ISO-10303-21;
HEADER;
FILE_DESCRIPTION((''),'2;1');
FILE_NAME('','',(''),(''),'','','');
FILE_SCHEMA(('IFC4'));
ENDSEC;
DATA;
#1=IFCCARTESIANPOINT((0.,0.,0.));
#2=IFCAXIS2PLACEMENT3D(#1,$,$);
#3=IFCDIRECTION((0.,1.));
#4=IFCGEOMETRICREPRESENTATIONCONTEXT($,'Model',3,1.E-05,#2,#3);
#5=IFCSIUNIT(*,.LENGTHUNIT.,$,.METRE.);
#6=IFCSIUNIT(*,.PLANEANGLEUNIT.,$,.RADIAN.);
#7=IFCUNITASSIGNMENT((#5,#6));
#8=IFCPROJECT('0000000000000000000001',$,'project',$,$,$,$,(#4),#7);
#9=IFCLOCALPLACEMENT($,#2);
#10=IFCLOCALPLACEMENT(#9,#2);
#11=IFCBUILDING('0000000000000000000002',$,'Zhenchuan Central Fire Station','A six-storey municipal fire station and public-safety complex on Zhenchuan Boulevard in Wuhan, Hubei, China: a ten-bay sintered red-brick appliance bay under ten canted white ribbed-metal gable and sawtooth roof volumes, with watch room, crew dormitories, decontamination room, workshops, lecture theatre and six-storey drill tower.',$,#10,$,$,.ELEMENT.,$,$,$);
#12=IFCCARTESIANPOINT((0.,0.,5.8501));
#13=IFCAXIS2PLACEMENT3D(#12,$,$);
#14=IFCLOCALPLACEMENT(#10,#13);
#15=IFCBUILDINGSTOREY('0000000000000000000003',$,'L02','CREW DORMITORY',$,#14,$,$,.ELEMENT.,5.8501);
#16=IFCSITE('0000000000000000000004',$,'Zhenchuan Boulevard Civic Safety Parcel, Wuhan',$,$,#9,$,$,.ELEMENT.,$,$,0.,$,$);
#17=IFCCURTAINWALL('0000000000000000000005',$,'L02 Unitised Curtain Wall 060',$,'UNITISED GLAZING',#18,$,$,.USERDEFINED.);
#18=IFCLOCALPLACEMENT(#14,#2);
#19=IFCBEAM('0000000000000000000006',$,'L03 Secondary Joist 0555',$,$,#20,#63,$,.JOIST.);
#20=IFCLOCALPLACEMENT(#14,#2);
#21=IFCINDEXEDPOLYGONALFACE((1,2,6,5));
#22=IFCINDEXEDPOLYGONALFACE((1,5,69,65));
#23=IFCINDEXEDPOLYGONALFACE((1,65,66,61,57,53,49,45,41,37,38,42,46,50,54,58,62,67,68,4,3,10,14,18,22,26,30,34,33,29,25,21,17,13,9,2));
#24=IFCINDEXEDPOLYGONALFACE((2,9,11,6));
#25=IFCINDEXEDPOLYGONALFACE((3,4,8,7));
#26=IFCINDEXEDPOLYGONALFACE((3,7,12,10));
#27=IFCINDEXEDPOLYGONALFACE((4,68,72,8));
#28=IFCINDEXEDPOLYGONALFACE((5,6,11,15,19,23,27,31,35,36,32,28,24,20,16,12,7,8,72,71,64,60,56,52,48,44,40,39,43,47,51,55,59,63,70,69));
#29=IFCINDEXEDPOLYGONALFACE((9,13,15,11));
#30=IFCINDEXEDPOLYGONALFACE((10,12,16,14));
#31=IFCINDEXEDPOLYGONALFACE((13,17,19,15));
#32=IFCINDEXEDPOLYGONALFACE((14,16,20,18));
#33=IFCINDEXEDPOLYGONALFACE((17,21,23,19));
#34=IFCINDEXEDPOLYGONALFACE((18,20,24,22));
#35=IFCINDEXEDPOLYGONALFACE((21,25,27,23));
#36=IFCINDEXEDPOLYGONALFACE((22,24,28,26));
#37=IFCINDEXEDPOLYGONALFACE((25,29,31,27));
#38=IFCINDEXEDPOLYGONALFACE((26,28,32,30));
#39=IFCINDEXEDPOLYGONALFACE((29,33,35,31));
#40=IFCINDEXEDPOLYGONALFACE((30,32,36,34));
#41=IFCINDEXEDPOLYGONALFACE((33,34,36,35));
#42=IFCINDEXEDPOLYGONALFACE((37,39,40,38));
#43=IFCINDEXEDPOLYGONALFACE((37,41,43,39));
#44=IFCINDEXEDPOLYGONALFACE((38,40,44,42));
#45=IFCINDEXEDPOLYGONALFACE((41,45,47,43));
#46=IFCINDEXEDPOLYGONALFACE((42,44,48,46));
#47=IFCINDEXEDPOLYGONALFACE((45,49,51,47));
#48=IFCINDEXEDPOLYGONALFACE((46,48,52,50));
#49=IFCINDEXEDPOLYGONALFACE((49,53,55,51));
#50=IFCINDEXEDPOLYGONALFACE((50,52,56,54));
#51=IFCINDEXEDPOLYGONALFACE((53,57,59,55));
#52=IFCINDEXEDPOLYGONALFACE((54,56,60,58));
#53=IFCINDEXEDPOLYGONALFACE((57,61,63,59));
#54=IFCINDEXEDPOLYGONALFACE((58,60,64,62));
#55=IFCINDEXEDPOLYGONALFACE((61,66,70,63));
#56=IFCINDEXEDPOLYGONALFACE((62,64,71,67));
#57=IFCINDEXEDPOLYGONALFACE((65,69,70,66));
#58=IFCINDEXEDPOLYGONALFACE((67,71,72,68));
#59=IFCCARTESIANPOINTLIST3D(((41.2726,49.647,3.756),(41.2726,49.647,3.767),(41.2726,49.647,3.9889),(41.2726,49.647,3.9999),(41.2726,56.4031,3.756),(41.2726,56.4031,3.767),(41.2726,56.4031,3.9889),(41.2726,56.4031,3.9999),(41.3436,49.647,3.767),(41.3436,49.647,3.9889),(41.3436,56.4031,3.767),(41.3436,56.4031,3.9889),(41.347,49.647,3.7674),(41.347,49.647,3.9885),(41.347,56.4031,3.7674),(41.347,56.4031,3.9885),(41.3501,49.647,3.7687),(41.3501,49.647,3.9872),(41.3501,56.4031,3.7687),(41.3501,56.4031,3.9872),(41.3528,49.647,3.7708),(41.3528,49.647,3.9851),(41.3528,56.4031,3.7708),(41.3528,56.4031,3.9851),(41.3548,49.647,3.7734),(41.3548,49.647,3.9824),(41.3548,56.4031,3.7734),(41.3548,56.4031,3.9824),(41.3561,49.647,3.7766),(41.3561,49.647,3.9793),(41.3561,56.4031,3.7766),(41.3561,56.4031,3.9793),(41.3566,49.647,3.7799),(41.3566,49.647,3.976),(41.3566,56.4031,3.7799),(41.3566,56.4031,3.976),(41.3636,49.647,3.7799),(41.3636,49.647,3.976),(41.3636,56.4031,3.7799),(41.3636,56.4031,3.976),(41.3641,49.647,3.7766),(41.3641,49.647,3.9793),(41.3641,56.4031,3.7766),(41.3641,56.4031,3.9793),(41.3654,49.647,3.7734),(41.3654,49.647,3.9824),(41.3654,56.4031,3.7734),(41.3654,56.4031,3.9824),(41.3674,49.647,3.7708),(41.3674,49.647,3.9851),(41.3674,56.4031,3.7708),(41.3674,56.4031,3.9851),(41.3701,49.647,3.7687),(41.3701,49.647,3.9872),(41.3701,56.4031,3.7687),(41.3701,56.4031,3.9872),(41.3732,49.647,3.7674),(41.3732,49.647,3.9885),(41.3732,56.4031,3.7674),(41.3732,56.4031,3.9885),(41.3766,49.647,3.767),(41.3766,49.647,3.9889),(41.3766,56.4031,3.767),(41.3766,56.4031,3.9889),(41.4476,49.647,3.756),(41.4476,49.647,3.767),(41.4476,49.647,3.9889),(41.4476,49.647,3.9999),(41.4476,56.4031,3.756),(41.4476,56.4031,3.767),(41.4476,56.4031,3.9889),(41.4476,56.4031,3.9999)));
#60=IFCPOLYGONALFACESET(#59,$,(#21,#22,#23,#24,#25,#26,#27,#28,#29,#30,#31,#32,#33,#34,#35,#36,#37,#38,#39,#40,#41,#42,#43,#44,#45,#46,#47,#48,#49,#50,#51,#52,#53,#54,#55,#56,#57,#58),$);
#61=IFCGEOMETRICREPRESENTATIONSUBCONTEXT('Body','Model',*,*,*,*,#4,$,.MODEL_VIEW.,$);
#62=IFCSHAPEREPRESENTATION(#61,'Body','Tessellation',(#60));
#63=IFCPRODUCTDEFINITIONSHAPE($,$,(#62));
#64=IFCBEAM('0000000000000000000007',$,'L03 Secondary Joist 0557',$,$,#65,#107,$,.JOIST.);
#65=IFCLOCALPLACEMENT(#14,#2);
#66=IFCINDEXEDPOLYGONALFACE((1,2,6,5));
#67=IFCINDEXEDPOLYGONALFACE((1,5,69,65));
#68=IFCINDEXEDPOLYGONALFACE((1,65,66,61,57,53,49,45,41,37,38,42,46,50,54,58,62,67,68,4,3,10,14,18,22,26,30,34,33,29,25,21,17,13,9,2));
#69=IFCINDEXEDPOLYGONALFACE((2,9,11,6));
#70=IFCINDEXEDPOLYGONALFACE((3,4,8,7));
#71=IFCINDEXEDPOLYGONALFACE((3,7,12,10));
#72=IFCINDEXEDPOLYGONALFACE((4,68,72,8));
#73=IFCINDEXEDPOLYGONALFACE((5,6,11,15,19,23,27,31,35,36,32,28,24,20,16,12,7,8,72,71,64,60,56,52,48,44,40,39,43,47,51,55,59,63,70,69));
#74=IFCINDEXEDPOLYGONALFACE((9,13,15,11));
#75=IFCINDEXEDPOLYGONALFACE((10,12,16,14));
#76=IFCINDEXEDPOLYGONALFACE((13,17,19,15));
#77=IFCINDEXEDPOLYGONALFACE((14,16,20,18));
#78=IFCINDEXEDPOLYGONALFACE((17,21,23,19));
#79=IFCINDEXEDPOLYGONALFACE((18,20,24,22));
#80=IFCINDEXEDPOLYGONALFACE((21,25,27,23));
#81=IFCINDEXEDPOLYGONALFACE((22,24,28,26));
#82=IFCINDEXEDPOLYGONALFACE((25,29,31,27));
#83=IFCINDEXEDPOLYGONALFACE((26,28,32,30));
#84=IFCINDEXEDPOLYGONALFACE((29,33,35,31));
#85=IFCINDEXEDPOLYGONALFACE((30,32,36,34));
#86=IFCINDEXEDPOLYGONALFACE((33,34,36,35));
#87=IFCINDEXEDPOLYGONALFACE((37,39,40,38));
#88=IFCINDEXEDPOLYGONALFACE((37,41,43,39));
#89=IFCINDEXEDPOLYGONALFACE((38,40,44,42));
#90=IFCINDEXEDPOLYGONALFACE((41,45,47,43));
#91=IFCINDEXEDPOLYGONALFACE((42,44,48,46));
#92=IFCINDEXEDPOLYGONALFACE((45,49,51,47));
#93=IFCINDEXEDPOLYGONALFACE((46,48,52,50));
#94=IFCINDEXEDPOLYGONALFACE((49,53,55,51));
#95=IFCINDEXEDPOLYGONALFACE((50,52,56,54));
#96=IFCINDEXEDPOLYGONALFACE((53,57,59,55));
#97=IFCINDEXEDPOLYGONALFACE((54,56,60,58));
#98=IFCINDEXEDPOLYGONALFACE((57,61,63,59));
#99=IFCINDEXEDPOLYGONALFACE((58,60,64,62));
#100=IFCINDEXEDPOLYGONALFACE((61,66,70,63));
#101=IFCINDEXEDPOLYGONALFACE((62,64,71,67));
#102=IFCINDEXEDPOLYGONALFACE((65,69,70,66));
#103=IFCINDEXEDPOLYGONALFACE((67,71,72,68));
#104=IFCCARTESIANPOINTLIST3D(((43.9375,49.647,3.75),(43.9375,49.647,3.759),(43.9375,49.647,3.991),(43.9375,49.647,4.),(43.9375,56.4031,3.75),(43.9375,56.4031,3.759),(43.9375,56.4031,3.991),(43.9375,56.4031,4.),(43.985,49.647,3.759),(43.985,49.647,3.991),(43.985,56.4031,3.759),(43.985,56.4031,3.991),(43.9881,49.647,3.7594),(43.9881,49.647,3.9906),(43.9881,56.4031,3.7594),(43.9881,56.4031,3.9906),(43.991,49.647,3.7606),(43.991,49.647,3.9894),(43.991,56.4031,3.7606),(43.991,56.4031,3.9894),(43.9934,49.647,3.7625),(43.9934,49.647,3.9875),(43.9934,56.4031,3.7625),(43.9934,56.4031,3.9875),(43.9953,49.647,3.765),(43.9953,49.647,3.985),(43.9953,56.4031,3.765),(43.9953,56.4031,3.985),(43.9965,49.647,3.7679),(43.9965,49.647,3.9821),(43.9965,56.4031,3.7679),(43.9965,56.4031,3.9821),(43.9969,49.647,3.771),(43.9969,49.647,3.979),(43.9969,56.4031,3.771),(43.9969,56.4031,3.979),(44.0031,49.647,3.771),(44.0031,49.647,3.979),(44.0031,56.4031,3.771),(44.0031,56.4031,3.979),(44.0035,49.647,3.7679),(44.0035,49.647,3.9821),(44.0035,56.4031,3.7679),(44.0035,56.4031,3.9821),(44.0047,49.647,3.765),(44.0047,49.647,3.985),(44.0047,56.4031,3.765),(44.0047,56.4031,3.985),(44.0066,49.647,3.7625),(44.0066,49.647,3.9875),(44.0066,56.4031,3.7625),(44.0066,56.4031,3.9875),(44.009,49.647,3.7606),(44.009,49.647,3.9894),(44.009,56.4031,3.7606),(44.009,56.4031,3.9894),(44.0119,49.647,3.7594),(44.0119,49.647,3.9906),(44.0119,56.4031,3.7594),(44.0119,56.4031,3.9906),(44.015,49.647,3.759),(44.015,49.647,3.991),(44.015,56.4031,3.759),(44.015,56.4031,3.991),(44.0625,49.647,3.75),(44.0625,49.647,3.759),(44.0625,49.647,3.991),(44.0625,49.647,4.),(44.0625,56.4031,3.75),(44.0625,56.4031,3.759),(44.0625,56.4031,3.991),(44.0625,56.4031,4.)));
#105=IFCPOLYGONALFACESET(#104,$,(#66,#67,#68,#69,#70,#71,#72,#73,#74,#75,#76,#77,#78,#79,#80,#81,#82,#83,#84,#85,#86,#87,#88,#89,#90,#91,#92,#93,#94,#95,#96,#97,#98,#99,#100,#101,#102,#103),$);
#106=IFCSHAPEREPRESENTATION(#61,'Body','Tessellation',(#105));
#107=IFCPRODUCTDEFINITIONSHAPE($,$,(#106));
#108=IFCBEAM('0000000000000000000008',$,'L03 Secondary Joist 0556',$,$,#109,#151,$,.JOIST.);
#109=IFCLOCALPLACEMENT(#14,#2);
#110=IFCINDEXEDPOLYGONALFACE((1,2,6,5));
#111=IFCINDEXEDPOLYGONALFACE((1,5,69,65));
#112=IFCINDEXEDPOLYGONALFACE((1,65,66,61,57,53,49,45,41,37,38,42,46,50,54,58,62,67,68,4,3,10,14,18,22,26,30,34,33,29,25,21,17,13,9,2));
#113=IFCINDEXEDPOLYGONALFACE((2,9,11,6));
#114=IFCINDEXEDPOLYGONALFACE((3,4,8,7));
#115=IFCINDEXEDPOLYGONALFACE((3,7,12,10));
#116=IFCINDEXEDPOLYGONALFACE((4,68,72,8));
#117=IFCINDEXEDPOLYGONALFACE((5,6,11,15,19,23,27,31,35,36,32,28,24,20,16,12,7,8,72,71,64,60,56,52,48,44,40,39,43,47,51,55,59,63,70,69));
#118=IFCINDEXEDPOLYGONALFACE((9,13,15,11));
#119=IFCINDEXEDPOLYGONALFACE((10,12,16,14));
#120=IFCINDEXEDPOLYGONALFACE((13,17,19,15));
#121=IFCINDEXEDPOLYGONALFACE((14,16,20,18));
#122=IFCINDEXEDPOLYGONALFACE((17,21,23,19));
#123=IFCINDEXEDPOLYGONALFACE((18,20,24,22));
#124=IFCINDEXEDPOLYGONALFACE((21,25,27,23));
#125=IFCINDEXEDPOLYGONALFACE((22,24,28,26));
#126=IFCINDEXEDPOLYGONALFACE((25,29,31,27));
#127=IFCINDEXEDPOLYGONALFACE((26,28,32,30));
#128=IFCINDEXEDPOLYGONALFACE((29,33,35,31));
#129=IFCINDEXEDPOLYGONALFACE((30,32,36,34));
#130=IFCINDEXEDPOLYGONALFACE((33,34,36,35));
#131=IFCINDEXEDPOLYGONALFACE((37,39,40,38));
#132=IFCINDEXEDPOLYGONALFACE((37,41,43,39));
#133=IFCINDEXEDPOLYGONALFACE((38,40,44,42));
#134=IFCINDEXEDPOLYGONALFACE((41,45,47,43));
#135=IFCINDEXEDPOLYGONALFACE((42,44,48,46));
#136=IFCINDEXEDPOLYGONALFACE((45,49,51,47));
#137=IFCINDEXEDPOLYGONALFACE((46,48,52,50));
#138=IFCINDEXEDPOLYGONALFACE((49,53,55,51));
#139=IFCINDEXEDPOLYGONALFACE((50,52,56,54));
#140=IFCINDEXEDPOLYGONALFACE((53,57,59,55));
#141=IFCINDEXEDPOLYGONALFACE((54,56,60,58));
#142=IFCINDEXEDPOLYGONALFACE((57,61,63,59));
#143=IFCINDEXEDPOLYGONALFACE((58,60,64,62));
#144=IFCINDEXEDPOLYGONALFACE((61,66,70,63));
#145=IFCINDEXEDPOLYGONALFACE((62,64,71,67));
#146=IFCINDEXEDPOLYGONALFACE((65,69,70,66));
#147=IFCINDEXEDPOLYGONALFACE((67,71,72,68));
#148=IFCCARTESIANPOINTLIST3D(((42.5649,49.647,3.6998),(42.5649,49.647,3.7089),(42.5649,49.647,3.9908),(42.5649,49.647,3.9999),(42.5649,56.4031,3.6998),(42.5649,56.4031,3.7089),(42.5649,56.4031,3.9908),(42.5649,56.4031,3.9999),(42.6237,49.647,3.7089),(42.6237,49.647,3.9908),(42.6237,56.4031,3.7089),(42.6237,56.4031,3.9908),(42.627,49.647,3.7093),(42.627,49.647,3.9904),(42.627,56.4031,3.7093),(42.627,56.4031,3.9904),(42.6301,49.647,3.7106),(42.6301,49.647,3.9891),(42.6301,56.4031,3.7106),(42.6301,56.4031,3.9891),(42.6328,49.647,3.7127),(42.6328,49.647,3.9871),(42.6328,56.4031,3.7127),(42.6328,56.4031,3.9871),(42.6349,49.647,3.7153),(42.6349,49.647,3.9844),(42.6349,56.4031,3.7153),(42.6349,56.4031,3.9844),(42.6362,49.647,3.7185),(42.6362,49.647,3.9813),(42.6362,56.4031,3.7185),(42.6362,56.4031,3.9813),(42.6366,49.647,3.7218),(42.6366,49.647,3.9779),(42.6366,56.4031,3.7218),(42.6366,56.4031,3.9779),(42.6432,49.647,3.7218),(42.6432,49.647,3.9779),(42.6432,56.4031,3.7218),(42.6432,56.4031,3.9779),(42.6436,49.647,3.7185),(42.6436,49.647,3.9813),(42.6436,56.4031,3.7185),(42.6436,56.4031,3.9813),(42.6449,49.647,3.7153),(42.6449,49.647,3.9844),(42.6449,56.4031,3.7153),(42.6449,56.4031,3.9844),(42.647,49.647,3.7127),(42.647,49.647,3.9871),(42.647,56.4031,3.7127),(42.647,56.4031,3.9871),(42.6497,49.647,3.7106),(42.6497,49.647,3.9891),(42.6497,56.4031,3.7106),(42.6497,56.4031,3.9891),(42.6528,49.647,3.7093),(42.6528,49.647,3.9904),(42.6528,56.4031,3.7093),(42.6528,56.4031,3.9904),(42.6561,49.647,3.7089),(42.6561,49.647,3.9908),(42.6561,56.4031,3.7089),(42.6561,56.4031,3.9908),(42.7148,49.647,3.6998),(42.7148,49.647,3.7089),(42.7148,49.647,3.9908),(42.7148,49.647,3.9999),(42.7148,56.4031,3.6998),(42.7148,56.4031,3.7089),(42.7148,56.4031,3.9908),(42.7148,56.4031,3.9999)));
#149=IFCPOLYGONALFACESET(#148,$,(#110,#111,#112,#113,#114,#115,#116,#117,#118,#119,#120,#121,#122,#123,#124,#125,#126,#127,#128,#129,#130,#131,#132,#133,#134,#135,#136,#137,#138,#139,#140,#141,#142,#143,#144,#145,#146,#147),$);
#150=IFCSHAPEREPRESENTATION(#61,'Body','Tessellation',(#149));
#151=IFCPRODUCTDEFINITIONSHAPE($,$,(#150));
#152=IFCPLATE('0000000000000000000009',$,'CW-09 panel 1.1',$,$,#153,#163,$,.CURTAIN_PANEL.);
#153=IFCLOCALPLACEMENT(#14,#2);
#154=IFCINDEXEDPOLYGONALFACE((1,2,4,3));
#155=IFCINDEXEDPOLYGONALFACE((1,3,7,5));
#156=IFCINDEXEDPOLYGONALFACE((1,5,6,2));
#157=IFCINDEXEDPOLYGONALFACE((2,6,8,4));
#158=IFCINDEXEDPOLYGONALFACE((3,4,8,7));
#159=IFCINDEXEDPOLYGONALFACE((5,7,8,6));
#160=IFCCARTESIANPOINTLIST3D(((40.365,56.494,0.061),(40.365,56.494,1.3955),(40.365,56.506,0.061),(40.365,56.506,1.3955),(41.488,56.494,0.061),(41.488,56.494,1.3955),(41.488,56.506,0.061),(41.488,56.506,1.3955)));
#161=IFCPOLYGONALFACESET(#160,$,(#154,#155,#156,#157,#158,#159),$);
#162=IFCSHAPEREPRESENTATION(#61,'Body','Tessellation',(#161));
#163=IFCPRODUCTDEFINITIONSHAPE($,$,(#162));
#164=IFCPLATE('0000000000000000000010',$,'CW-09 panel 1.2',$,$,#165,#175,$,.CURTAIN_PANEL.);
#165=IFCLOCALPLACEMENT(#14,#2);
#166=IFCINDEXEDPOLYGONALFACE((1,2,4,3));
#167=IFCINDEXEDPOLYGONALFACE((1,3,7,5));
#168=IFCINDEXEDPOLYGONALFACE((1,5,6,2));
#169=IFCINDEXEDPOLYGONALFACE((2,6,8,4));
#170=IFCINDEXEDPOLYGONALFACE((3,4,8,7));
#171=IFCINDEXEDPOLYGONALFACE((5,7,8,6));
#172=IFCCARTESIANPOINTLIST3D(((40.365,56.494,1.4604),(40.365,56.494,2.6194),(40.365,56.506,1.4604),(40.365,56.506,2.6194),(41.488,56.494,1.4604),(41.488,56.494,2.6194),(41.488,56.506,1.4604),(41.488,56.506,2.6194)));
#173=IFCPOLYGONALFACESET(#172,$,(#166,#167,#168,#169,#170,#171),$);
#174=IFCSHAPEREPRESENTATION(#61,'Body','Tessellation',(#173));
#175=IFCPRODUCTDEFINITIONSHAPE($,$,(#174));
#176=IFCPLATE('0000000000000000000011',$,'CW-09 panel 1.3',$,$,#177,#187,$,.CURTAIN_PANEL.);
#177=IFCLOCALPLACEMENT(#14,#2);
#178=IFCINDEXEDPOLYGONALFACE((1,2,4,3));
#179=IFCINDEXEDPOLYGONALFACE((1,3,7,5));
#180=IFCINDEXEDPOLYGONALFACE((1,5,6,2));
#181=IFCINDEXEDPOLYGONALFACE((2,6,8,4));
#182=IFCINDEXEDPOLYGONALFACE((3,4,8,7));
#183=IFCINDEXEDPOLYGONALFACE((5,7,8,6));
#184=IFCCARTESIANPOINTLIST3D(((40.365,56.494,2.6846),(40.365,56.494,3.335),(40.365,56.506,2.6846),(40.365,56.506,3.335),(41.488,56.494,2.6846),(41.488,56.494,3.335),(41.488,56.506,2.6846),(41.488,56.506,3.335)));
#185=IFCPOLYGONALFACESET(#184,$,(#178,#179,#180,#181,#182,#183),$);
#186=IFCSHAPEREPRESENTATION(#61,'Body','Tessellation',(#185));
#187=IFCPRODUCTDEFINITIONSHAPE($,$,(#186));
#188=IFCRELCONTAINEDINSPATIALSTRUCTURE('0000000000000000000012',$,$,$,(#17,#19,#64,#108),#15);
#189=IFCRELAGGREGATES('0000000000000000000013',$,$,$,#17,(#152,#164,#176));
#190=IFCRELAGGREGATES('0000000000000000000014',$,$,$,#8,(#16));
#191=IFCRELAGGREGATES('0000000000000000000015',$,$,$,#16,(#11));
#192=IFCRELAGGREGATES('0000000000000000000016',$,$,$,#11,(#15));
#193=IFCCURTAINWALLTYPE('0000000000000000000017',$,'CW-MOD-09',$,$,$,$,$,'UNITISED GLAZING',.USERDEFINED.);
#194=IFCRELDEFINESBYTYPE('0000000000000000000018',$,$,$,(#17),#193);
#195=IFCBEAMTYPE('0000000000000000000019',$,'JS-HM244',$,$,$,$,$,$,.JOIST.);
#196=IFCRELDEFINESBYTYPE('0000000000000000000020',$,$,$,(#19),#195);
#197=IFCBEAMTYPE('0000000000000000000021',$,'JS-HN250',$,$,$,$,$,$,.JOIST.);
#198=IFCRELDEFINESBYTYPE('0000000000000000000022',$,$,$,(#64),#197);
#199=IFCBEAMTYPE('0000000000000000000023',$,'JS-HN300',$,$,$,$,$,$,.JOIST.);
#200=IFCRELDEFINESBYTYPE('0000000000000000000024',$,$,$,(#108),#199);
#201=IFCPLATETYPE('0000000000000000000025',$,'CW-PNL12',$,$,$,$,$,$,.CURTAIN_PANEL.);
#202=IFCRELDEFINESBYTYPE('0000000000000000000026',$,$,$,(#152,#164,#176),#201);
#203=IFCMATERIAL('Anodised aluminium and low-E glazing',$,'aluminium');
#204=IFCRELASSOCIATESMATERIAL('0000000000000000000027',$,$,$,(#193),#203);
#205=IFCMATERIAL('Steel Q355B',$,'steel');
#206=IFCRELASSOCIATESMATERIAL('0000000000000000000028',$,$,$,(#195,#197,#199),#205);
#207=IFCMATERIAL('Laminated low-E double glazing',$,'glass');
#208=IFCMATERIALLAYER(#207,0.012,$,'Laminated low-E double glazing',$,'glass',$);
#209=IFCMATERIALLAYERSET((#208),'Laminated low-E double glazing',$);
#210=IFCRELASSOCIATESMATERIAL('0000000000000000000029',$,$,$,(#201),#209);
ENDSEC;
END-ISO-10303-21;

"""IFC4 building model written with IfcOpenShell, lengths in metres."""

from ifc_helpers import new_model, si_unit, direction, frame, origin, origin_2d, place, context, subcontext, project, spatial, rectangle, i_section, extrude, material, layer, layer_set, material_profile, profile_set, type_object, element, aggregate, save


model = new_model("IFC4")

# Units and contexts
model_context = context("Model", 3, precision=1e-05, world=origin(), true_north=direction((0.0, 1.0)))
body_context = subcontext(model_context, "Body", "Model", "MODEL_VIEW")
ifc_project = project(units=[si_unit("LENGTHUNIT", "METRE"), si_unit("PLANEANGLEUNIT", "RADIAN")], contexts=[model_context])

# Site, building, storey
site_placement = place(None, origin())
site = spatial("IfcSite", under=ifc_project, at=site_placement, Name="Zhenchuan Boulevard Civic Safety Parcel, Wuhan", CompositionType="ELEMENT", RefElevation=0.0)
building_placement = place(site_placement, origin())
building = spatial("IfcBuilding", under=site, at=building_placement, Name="Zhenchuan Central Fire Station", Description="A six-storey municipal fire station and public-safety complex on Zhenchuan Boulevard in Wuhan, Hubei, China: a ten-bay sintered red-brick appliance bay under ten canted white ribbed-metal gable and sawtooth roof volumes, with watch room, crew dormitories, decontamination room, workshops, lecture theatre and six-storey drill tower.", CompositionType="ELEMENT")
storey_placement = place(building_placement, frame((0.0, 0.0, 5.8501)))
storey = spatial("IfcBuildingStorey", under=building, at=storey_placement, Name="L02", Description="CREW DORMITORY", CompositionType="ELEMENT", Elevation=5.8501)

# Curtain wall
ifc_material_1 = material(Name="Anodised aluminium and low-E glazing", Category="aluminium")
curtain_wall_type_1 = type_object("IfcCurtainWallType", Name="CW-MOD-09", ElementType="UNITISED GLAZING", PredefinedType="USERDEFINED", material=ifc_material_1)
curtain_wall_1_placement = place(storey_placement, origin())
curtain_wall_1 = element("IfcCurtainWall", 1, at=curtain_wall_1_placement, inside=storey, type_object=curtain_wall_type_1, Name="L02 Unitised Curtain Wall 060", ObjectType="UNITISED GLAZING", PredefinedType="USERDEFINED")

# Beams
ifc_material_2 = material(Name="Steel Q355B", Category="steel")
ifc_material_profile_1 = material_profile(ifc_material_2, i_section(OverallWidth=0.175, OverallDepth=0.2439, WebThickness=0.0071, FlangeThickness=0.011, FilletRadius=0.0129, at=origin_2d()), Name="HM 244x175")
ifc_profile_set_1 = profile_set([ifc_material_profile_1], Name="Steel Q355B")
beam_type_1 = type_object("IfcBeamType", Name="JS-HM244", PredefinedType="JOIST", material=ifc_profile_set_1)
beam_1_placement = place(storey_placement, frame((41.3601, 49.647, 3.8779), z_axis=(0.0, 1.0, 0.0), x_axis=(-1.0, 0.0, 0.0)))
element("IfcBeam", 2, at=beam_1_placement, inside=storey, type_object=beam_type_1, Name="L03 Secondary Joist 0555", PredefinedType="JOIST", context=body_context, shape_type="SweptSolid", body=[
    extrude(i_section(OverallWidth=0.175, OverallDepth=0.2439, WebThickness=0.0071, FlangeThickness=0.011, FilletRadius=0.0129, at=origin_2d()), origin(), (0.0, 0.0, 1.0), 6.7561),
])
ifc_material_profile_2 = material_profile(ifc_material_2, i_section(OverallWidth=0.125, OverallDepth=0.25, WebThickness=0.0061, FlangeThickness=0.009, FilletRadius=0.012, at=origin_2d()), Name="HN 250x125")
ifc_profile_set_2 = profile_set([ifc_material_profile_2], Name="Steel Q355B")
beam_type_2 = type_object("IfcBeamType", Name="JS-HN250", PredefinedType="JOIST", material=ifc_profile_set_2)
beam_2_placement = place(storey_placement, frame((44.0, 49.647, 3.875), z_axis=(0.0, 1.0, 0.0), x_axis=(-1.0, 0.0, 0.0)))
element("IfcBeam", 3, at=beam_2_placement, inside=storey, type_object=beam_type_2, Name="L03 Secondary Joist 0557", PredefinedType="JOIST", context=body_context, shape_type="SweptSolid", body=[
    extrude(i_section(OverallWidth=0.125, OverallDepth=0.25, WebThickness=0.0061, FlangeThickness=0.009, FilletRadius=0.012, at=origin_2d()), origin(), (0.0, 0.0, 1.0), 6.7561),
])
ifc_material_profile_3 = material_profile(ifc_material_2, i_section(OverallWidth=0.1499, OverallDepth=0.3, WebThickness=0.0066, FlangeThickness=0.009, FilletRadius=0.0129, at=origin_2d()), Name="HN 300x150")
ifc_profile_set_3 = profile_set([ifc_material_profile_3], Name="Steel Q355B")
beam_type_3 = type_object("IfcBeamType", Name="JS-HN300", PredefinedType="JOIST", material=ifc_profile_set_3)
beam_3_placement = place(storey_placement, frame((42.6399, 49.647, 3.8499), z_axis=(0.0, 1.0, 0.0), x_axis=(-1.0, 0.0, 0.0)))
element("IfcBeam", 4, at=beam_3_placement, inside=storey, type_object=beam_type_3, Name="L03 Secondary Joist 0556", PredefinedType="JOIST", context=body_context, shape_type="SweptSolid", body=[
    extrude(i_section(OverallWidth=0.1499, OverallDepth=0.3, WebThickness=0.0066, FlangeThickness=0.009, FilletRadius=0.0129, at=origin_2d()), origin(), (0.0, 0.0, 1.0), 6.7561),
])

# Plates
ifc_material_3 = material(Name="Laminated low-E double glazing", Category="glass")
ifc_layer_1 = layer(ifc_material_3, 0.012, Name="Laminated low-E double glazing", Category="glass")
ifc_layer_set_1 = layer_set([ifc_layer_1], Name="Laminated low-E double glazing")
plate_type = type_object("IfcPlateType", Name="CW-PNL12", PredefinedType="CURTAIN_PANEL", material=ifc_layer_set_1)
plate_1_placement = place(storey_placement, frame((40.9265, 56.5, 0.061), z_axis=(0.0, 0.0, 1.0), x_axis=(1.0, 0.0, 0.0)))
plate_1 = element("IfcPlate", 5, at=plate_1_placement, type_object=plate_type, Name="CW-09 panel 1.1", PredefinedType="CURTAIN_PANEL", context=body_context, shape_type="SweptSolid", body=[
    extrude(rectangle(XDim=1.123, YDim=0.012, at=origin_2d()), origin(), (0.0, 0.0, 1.0), 1.3345),
])
plate_2_placement = place(storey_placement, frame((40.9265, 56.5, 1.4604), z_axis=(0.0, 0.0, 1.0), x_axis=(1.0, 0.0, 0.0)))
plate_2 = element("IfcPlate", 6, at=plate_2_placement, type_object=plate_type, Name="CW-09 panel 1.2", PredefinedType="CURTAIN_PANEL", context=body_context, shape_type="SweptSolid", body=[
    extrude(rectangle(XDim=1.123, YDim=0.012, at=origin_2d()), origin(), (0.0, 0.0, 1.0), 1.1589),
])
plate_3_placement = place(storey_placement, frame((40.9265, 56.5, 2.6846), z_axis=(0.0, 0.0, 1.0), x_axis=(1.0, 0.0, 0.0)))
plate_3 = element("IfcPlate", 7, at=plate_3_placement, type_object=plate_type, Name="CW-09 panel 1.3", PredefinedType="CURTAIN_PANEL", context=body_context, shape_type="SweptSolid", body=[
    extrude(rectangle(XDim=1.123, YDim=0.012, at=origin_2d()), origin(), (0.0, 0.0, 1.0), 0.6504),
])
aggregate(curtain_wall_1, [plate_1, plate_2, plate_3])

save(model, "model.ifc")
